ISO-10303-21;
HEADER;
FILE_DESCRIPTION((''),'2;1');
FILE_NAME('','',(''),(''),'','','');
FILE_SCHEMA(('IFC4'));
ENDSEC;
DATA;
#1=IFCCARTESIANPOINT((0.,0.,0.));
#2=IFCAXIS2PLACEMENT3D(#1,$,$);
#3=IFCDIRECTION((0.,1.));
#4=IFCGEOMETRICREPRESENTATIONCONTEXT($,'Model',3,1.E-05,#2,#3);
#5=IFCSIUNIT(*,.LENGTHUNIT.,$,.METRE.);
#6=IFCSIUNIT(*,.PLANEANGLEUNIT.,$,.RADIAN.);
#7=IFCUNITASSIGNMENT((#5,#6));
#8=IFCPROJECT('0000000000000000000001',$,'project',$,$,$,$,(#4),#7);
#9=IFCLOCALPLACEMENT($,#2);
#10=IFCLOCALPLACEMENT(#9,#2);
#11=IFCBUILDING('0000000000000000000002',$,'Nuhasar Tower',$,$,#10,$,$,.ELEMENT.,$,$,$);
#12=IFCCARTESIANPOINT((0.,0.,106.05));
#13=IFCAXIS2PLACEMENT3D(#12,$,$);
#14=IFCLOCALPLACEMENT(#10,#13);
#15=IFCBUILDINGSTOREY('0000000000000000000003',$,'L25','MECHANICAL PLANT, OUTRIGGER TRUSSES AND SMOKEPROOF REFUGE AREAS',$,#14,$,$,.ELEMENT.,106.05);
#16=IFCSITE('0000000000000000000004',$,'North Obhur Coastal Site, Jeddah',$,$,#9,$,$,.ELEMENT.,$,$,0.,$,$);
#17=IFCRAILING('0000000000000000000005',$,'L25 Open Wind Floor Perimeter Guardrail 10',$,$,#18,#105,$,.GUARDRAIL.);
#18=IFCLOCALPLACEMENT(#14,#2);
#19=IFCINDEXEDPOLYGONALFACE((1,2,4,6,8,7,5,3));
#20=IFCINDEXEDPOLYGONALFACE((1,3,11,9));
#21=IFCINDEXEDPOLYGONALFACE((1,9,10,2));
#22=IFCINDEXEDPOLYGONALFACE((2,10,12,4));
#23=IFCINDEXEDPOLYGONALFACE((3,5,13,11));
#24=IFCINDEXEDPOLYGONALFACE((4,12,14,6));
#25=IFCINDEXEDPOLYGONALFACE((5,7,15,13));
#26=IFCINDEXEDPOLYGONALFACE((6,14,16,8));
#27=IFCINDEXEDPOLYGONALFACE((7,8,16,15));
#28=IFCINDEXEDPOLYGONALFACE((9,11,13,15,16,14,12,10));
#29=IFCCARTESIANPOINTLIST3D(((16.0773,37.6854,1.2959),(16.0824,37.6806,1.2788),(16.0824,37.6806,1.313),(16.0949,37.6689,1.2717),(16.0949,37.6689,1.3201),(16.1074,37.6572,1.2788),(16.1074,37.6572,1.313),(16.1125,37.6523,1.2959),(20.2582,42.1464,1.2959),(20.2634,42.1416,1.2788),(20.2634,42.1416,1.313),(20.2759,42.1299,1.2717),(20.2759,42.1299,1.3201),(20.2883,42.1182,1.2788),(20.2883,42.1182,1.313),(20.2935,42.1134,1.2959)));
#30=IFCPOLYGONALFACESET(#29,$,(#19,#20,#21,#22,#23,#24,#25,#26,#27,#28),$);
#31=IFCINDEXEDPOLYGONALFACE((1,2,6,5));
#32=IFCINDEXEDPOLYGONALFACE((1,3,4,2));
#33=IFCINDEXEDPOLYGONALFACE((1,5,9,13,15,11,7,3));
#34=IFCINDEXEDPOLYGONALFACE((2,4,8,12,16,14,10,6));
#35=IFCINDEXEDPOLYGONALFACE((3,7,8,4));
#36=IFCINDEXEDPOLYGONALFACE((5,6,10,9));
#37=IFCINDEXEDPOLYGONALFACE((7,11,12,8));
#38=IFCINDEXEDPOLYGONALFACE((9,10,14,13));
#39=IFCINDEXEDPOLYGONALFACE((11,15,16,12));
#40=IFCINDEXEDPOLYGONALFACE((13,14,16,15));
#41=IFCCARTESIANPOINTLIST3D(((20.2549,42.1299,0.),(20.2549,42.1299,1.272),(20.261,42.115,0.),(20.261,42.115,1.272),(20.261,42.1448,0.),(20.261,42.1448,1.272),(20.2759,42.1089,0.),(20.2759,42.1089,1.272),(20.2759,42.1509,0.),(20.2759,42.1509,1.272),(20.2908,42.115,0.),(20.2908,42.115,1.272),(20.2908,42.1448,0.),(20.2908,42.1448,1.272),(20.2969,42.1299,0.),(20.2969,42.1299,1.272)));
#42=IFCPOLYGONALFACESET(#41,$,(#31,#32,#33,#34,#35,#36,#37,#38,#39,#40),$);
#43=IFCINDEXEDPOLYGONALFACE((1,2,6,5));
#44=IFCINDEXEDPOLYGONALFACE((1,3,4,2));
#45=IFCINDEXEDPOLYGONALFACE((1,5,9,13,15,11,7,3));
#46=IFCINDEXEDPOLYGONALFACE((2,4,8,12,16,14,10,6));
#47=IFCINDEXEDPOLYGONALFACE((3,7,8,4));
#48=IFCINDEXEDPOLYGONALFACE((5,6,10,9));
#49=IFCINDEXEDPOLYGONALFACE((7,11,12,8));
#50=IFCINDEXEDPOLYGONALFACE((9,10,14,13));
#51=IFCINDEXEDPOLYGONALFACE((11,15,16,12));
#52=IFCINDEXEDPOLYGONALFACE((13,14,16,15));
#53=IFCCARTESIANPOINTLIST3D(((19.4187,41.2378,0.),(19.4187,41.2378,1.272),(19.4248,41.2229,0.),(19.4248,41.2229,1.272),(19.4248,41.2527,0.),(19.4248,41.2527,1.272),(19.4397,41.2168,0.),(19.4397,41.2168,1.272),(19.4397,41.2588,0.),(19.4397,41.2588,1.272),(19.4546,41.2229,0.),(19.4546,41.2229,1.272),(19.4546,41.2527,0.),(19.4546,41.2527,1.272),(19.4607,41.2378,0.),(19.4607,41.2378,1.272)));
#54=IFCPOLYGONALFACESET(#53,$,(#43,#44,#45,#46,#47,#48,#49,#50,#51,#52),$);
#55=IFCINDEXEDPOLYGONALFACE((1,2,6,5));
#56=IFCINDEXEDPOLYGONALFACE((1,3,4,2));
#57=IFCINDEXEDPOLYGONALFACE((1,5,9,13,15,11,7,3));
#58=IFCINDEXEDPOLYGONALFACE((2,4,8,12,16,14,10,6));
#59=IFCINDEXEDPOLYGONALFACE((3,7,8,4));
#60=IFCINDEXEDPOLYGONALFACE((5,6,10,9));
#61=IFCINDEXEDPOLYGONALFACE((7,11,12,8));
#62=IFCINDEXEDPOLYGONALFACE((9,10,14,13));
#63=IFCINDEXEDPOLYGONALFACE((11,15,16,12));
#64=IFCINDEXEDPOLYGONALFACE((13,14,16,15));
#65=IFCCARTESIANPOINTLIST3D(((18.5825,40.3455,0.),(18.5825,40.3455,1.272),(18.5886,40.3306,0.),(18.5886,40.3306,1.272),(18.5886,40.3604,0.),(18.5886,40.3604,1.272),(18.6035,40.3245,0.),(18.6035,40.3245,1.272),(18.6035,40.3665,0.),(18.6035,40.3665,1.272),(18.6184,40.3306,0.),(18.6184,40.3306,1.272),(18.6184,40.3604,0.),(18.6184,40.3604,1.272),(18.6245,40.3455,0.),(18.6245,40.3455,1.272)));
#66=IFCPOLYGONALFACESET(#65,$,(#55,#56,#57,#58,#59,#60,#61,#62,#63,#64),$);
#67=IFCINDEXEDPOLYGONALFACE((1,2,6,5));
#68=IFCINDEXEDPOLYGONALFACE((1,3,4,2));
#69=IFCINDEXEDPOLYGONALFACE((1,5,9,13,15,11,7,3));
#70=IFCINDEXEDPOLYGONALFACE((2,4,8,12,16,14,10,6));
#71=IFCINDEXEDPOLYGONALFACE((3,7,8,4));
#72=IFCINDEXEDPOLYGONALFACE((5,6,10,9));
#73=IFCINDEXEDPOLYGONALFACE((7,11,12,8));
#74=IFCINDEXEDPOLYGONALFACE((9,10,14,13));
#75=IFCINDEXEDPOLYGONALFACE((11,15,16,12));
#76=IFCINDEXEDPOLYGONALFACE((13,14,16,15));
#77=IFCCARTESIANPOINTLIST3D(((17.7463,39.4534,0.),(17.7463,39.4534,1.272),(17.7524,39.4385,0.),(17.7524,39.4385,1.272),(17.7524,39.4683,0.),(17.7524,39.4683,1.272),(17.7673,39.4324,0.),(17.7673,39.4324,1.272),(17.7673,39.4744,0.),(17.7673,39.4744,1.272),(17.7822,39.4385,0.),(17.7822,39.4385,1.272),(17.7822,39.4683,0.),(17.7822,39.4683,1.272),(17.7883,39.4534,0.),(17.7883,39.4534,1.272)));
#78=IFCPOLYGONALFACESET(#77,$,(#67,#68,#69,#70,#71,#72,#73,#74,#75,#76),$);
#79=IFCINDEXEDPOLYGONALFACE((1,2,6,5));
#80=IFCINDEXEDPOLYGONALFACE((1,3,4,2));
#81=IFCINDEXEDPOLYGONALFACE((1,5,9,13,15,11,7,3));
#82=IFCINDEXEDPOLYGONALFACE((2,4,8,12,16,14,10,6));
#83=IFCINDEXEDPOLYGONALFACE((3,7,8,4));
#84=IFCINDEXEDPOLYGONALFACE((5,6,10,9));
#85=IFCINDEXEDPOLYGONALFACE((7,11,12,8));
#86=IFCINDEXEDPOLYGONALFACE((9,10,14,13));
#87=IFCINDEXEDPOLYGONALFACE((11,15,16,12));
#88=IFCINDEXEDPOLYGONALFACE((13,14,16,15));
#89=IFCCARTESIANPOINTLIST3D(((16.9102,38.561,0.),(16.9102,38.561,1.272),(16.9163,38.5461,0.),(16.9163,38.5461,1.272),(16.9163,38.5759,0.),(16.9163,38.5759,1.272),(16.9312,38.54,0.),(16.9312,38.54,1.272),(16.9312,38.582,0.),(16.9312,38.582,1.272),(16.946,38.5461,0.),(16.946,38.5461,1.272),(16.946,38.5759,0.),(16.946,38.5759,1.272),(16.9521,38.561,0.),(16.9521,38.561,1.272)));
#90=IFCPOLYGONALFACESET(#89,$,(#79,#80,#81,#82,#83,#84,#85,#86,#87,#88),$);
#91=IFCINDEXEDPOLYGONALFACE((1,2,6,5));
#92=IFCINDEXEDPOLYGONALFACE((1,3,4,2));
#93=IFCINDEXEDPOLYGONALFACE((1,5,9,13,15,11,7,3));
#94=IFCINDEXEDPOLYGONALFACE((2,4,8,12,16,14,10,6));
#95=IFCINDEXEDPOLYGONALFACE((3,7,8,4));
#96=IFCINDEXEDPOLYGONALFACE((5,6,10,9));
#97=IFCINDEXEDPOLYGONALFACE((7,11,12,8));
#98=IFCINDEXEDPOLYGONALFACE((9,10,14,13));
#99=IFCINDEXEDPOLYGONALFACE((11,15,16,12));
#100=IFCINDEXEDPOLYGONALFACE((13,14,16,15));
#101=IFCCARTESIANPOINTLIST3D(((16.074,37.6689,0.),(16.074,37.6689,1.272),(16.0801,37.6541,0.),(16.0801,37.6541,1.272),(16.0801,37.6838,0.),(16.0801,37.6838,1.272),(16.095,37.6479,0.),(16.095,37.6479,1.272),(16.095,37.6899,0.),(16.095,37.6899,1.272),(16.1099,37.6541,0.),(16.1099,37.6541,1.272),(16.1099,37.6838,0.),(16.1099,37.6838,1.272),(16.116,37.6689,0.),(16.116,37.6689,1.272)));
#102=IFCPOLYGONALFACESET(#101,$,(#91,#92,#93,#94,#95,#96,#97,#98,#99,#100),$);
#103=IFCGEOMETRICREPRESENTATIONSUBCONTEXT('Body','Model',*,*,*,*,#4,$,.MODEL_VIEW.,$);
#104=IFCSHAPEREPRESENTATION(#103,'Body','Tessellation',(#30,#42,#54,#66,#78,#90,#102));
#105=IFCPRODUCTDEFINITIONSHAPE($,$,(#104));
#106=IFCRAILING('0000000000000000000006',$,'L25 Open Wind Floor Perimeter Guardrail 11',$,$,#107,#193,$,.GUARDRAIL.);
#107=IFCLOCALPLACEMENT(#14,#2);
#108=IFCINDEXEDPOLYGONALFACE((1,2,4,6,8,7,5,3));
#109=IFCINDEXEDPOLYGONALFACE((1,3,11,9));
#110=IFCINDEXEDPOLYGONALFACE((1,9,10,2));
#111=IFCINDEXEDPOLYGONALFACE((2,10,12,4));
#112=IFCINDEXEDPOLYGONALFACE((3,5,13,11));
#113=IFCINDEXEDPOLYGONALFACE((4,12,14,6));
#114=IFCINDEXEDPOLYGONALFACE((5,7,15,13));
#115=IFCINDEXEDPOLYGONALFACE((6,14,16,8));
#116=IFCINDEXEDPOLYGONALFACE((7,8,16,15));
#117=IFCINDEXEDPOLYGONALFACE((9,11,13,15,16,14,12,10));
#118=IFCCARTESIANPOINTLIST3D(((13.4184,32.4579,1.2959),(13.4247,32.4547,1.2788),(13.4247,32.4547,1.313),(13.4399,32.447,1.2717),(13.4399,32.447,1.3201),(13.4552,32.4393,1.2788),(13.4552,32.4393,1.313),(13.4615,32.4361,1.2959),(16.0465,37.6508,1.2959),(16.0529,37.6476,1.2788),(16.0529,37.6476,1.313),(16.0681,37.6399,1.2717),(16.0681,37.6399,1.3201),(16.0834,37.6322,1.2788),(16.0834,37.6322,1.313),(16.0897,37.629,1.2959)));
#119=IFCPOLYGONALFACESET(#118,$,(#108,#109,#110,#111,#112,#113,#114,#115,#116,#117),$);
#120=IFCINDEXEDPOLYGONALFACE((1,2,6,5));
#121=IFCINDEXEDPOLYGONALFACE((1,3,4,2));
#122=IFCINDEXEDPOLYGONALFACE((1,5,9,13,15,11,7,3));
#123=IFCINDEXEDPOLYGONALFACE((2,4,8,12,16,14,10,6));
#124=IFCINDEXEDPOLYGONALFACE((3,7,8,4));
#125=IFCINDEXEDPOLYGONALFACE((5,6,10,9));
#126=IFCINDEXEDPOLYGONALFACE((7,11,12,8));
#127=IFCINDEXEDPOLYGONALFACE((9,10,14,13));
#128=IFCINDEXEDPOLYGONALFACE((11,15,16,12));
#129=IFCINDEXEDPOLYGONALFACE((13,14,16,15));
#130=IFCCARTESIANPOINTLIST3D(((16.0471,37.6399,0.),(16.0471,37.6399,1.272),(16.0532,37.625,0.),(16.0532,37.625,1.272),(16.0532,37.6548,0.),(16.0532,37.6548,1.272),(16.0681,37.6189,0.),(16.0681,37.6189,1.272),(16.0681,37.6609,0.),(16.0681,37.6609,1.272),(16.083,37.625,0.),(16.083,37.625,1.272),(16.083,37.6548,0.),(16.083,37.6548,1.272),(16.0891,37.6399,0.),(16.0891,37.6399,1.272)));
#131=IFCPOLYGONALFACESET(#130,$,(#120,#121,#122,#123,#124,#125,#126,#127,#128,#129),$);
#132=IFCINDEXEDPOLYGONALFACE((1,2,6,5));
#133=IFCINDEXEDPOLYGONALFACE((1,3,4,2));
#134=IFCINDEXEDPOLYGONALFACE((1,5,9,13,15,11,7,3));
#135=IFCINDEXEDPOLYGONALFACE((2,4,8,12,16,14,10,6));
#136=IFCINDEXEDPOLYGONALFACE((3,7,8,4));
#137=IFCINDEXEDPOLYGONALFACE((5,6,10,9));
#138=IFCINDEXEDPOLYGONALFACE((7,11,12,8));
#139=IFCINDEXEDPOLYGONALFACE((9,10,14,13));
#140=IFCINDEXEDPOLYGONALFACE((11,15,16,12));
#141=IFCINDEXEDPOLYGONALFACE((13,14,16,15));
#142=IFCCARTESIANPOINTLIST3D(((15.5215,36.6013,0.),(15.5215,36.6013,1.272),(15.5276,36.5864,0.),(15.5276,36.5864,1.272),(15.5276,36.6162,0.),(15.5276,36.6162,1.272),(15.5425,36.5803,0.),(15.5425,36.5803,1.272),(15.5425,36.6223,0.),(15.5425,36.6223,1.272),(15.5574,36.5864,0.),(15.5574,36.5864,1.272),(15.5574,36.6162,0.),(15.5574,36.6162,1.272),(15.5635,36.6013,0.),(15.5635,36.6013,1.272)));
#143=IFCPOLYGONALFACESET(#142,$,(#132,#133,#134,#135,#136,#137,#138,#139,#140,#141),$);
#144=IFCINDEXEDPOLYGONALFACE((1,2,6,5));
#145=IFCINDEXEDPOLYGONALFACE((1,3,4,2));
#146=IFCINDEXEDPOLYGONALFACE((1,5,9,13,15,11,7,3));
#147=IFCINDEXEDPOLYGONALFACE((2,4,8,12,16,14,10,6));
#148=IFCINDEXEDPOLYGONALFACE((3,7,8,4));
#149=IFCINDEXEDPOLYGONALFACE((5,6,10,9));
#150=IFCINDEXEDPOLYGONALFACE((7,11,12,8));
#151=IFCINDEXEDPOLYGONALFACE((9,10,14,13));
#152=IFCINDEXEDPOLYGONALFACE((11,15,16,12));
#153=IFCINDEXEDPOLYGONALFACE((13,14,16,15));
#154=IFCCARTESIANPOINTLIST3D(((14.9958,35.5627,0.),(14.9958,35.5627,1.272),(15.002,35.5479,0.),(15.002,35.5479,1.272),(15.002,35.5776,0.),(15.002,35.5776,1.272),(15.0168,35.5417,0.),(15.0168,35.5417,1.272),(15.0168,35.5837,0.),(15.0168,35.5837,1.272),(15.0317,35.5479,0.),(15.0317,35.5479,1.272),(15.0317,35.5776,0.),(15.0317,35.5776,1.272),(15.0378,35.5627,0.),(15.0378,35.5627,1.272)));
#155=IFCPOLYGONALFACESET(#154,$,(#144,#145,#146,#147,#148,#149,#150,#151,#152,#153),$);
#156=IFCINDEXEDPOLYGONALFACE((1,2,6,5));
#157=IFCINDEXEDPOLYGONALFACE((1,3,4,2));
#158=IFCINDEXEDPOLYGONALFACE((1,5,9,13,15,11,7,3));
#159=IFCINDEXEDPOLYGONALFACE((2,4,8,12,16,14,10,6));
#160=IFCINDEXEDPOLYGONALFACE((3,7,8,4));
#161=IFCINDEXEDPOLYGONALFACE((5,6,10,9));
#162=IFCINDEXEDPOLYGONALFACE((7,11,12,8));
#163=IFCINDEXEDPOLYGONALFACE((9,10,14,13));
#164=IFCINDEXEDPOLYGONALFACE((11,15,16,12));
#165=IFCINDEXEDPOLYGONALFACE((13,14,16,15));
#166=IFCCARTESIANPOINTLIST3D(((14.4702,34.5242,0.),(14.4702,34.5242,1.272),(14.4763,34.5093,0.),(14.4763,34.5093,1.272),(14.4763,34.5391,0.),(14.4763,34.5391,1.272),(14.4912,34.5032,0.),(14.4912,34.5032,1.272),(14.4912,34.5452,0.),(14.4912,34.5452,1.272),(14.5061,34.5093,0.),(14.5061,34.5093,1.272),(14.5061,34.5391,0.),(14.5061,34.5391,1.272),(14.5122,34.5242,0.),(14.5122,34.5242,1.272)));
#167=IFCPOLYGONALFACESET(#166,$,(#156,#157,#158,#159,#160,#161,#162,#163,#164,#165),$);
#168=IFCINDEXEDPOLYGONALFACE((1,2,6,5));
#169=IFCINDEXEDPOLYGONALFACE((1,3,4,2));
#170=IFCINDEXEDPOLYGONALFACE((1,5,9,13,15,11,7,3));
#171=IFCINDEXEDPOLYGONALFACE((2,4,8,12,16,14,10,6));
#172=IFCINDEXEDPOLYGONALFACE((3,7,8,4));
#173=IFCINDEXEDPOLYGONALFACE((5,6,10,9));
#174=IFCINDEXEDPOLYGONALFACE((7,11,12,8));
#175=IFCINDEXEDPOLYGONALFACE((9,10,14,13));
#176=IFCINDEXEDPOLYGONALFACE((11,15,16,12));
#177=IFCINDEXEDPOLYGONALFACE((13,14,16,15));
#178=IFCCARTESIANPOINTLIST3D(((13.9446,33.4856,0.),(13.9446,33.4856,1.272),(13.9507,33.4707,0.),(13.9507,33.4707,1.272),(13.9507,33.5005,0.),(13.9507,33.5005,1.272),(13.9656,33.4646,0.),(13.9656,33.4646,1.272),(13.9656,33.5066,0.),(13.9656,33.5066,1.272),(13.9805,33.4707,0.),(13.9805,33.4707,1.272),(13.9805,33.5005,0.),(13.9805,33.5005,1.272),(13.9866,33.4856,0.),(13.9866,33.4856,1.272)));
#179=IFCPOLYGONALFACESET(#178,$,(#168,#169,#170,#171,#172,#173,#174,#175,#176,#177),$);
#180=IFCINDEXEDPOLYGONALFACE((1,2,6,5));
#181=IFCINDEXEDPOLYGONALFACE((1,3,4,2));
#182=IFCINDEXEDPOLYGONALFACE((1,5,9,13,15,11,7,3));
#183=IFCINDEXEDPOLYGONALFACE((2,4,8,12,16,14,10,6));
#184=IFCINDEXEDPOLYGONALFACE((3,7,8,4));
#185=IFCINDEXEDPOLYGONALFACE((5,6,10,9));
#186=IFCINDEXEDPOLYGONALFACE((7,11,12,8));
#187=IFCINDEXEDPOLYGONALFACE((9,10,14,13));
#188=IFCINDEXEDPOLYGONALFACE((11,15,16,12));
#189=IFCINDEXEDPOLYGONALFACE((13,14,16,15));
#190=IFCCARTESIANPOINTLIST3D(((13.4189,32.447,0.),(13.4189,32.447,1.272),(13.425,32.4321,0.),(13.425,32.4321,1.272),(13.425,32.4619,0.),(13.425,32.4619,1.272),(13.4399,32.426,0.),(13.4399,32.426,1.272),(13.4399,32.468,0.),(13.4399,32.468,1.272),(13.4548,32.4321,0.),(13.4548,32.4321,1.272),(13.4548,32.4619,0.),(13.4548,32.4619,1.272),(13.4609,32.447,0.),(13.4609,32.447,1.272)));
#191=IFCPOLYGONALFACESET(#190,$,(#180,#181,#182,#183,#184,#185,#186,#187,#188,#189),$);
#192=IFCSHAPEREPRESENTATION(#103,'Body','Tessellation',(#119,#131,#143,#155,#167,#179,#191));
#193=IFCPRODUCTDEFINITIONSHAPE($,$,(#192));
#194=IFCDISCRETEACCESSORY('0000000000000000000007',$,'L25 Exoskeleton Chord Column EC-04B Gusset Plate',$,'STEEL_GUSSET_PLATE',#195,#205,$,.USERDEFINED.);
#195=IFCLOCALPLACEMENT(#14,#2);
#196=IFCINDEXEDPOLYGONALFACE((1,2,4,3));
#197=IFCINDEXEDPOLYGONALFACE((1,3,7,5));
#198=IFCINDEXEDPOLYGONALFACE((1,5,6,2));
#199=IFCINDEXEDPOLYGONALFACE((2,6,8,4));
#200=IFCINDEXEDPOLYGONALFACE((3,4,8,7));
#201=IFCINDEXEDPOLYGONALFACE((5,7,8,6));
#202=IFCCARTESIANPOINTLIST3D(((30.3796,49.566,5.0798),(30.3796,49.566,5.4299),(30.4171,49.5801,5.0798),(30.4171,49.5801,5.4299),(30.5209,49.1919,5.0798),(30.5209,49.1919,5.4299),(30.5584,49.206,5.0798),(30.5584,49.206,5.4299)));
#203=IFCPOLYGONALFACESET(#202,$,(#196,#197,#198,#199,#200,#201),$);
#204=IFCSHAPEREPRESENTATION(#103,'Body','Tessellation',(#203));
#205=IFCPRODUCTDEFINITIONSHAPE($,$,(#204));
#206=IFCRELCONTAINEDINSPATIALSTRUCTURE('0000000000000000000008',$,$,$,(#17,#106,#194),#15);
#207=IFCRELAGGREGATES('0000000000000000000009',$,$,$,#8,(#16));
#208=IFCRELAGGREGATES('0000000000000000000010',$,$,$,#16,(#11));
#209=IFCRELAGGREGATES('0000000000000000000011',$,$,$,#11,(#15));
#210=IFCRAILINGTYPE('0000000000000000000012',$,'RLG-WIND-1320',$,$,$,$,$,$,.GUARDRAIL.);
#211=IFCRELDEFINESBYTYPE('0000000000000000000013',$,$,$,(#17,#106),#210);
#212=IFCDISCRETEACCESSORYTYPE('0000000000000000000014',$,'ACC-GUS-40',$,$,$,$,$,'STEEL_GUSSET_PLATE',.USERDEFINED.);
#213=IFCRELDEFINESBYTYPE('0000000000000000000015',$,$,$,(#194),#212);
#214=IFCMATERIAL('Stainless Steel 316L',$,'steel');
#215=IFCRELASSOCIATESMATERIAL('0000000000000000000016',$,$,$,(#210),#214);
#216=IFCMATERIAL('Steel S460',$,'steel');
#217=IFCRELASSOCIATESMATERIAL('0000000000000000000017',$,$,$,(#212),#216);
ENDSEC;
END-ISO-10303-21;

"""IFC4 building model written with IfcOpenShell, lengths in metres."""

from ifc_helpers import new_model, si_unit, direction, frame, origin, origin_2d, place, context, subcontext, project, spatial, polyline, rectangle, outline, extrude, material, type_object, element, save


model = new_model("IFC4")

# Units and contexts
model_context = context("Model", 3, precision=1e-05, world=origin(), true_north=direction((0.0, 1.0)))
body_context = subcontext(model_context, "Body", "Model", "MODEL_VIEW")
ifc_project = project(units=[si_unit("LENGTHUNIT", "METRE"), si_unit("PLANEANGLEUNIT", "RADIAN")], contexts=[model_context])

# Site, building, storey
site_placement = place(None, origin())
site = spatial("IfcSite", under=ifc_project, at=site_placement, Name="North Obhur Coastal Site, Jeddah", CompositionType="ELEMENT", RefElevation=0.0)
building_placement = place(site_placement, origin())
building = spatial("IfcBuilding", under=site, at=building_placement, Name="Nuhasar Tower", CompositionType="ELEMENT")
storey_placement = place(building_placement, frame((0.0, 0.0, 106.05)))
storey = spatial("IfcBuildingStorey", under=building, at=storey_placement, Name="L25", Description="MECHANICAL PLANT, OUTRIGGER TRUSSES AND SMOKEPROOF REFUGE AREAS", CompositionType="ELEMENT", Elevation=106.05)

# Shared definitions
ifc_material_1 = material(Name="Steel S460", Category="steel")

# Railings
ifc_material_2 = material(Name="Stainless Steel 316L", Category="steel")
railing_type = type_object("IfcRailingType", Name="RLG-WIND-1320", PredefinedType="GUARDRAIL", material=ifc_material_2)
railing_1_placement = place(storey_placement, frame((20.2759, 42.1299, 0.0)))
element("IfcRailing", 1, at=railing_1_placement, inside=storey, type_object=railing_type, Name="L25 Open Wind Floor Perimeter Guardrail 10", PredefinedType="GUARDRAIL", context=body_context, shape_type="SweptSolid", body=[
    extrude(outline(polyline([(0.0242, 0.0), (0.0171, 0.0171), (0.0, 0.0242), (-0.0171, 0.0171), (-0.0242, 0.0), (-0.0171, -0.0171), (0.0, -0.0242), (0.0171, -0.0171), (0.0242, 0.0)])), frame((0.0, 0.0, 1.2959), z_axis=(-0.683835, -0.729637, 0.0), x_axis=(0.729637, -0.683835, 0.0)), (0.0, 0.0, 1.0), 6.114),
    extrude(outline(polyline([(0.021, 0.0), (0.0149, 0.0149), (0.0, 0.021), (-0.0149, 0.0149), (-0.021, 0.0), (-0.0149, -0.0149), (0.0, -0.021), (0.0149, -0.0149), (0.021, 0.0)])), origin(), (0.0, 0.0, 1.0), 1.272),
    extrude(outline(polyline([(0.021, 0.0), (0.0149, 0.0149), (0.0, 0.021), (-0.0149, 0.0149), (-0.021, 0.0), (-0.0149, -0.0149), (0.0, -0.021), (0.0149, -0.0149), (0.021, 0.0)])), frame((-0.8362, -0.8921, 0.0)), (0.0, 0.0, 1.0), 1.272),
    extrude(outline(polyline([(0.021, 0.0), (0.0149, 0.0149), (0.0, 0.021), (-0.0149, 0.0149), (-0.021, 0.0), (-0.0149, -0.0149), (0.0, -0.021), (0.0149, -0.0149), (0.021, 0.0)])), frame((-1.6724, -1.7844, 0.0)), (0.0, 0.0, 1.0), 1.272),
    extrude(outline(polyline([(0.021, 0.0), (0.0149, 0.0149), (0.0, 0.021), (-0.0149, 0.0149), (-0.021, 0.0), (-0.0149, -0.0149), (0.0, -0.021), (0.0149, -0.0149), (0.021, 0.0)])), frame((-2.5085, -2.6765, 0.0)), (0.0, 0.0, 1.0), 1.272),
    extrude(outline(polyline([(0.021, 0.0), (0.0149, 0.0149), (0.0, 0.021), (-0.0149, 0.0149), (-0.021, 0.0), (-0.0149, -0.0149), (0.0, -0.021), (0.0149, -0.0149), (0.021, 0.0)])), frame((-3.3447, -3.5688, 0.0)), (0.0, 0.0, 1.0), 1.272),
    extrude(outline(polyline([(0.021, 0.0), (0.0149, 0.0149), (0.0, 0.021), (-0.0149, 0.0149), (-0.021, 0.0), (-0.0149, -0.0149), (0.0, -0.021), (0.0149, -0.0149), (0.021, 0.0)])), frame((-4.1809, -4.4609, 0.0)), (0.0, 0.0, 1.0), 1.272),
])
railing_2_placement = place(storey_placement, frame((16.0681, 37.6399, 0.0)))
element("IfcRailing", 2, at=railing_2_placement, inside=storey, type_object=railing_type, Name="L25 Open Wind Floor Perimeter Guardrail 11", PredefinedType="GUARDRAIL", context=body_context, shape_type="SweptSolid", body=[
    extrude(outline(polyline([(0.0242, 0.0), (0.0171, 0.0171), (0.0, 0.0242), (-0.0171, 0.0171), (-0.0242, 0.0), (-0.0171, -0.0171), (0.0, -0.0242), (0.0171, -0.0171), (0.0242, 0.0)])), frame((0.0, 0.0, 1.2959), z_axis=(-0.451571, -0.892235, 0.0), x_axis=(0.892235, -0.451571, 0.0)), (0.0, 0.0, 1.0), 5.8201),
    extrude(outline(polyline([(0.021, 0.0), (0.0149, 0.0149), (0.0, 0.021), (-0.0149, 0.0149), (-0.021, 0.0), (-0.0149, -0.0149), (0.0, -0.021), (0.0149, -0.0149), (0.021, 0.0)])), origin(), (0.0, 0.0, 1.0), 1.272),
    extrude(outline(polyline([(0.021, 0.0), (0.0149, 0.0149), (0.0, 0.021), (-0.0149, 0.0149), (-0.021, 0.0), (-0.0149, -0.0149), (0.0, -0.021), (0.0149, -0.0149), (0.021, 0.0)])), frame((-0.5256, -1.0386, 0.0)), (0.0, 0.0, 1.0), 1.272),
    extrude(outline(polyline([(0.021, 0.0), (0.0149, 0.0149), (0.0, 0.021), (-0.0149, 0.0149), (-0.021, 0.0), (-0.0149, -0.0149), (0.0, -0.021), (0.0149, -0.0149), (0.021, 0.0)])), frame((-1.0513, -2.0771, 0.0)), (0.0, 0.0, 1.0), 1.272),
    extrude(outline(polyline([(0.021, 0.0), (0.0149, 0.0149), (0.0, 0.021), (-0.0149, 0.0149), (-0.021, 0.0), (-0.0149, -0.0149), (0.0, -0.021), (0.0149, -0.0149), (0.021, 0.0)])), frame((-1.5769, -3.1157, 0.0)), (0.0, 0.0, 1.0), 1.272),
    extrude(outline(polyline([(0.021, 0.0), (0.0149, 0.0149), (0.0, 0.021), (-0.0149, 0.0149), (-0.021, 0.0), (-0.0149, -0.0149), (0.0, -0.021), (0.0149, -0.0149), (0.021, 0.0)])), frame((-2.1025, -4.1543, 0.0)), (0.0, 0.0, 1.0), 1.272),
    extrude(outline(polyline([(0.021, 0.0), (0.0149, 0.0149), (0.0, 0.021), (-0.0149, 0.0149), (-0.021, 0.0), (-0.0149, -0.0149), (0.0, -0.021), (0.0149, -0.0149), (0.021, 0.0)])), frame((-2.6282, -5.1929, 0.0)), (0.0, 0.0, 1.0), 1.272),
])

# Discrete accessory
discrete_accessory_type = type_object("IfcDiscreteAccessoryType", Name="ACC-GUS-40", ElementType="STEEL_GUSSET_PLATE", PredefinedType="USERDEFINED", material=ifc_material_1)
for number, where, z_axis, x_axis, name in (
    (3, (30.469, 49.386, 5.0798), (0.0, 0.0, 1.0), (-0.353344, 0.935493, 0.0), "L25 Exoskeleton Chord Column EC-04B Gusset Plate"),
):
    element("IfcDiscreteAccessory", number, at=place(storey_placement, frame(where, z_axis=z_axis, x_axis=x_axis)), inside=storey, type_object=discrete_accessory_type, Name=name, ObjectType="STEEL_GUSSET_PLATE", PredefinedType="USERDEFINED", context=body_context, shape_type="SweptSolid", body=[
        extrude(rectangle(XDim=0.3999, YDim=0.04, at=origin_2d()), origin(), (0.0, 0.0, 1.0), 0.3501),
    ])

save(model, "model.ifc")
